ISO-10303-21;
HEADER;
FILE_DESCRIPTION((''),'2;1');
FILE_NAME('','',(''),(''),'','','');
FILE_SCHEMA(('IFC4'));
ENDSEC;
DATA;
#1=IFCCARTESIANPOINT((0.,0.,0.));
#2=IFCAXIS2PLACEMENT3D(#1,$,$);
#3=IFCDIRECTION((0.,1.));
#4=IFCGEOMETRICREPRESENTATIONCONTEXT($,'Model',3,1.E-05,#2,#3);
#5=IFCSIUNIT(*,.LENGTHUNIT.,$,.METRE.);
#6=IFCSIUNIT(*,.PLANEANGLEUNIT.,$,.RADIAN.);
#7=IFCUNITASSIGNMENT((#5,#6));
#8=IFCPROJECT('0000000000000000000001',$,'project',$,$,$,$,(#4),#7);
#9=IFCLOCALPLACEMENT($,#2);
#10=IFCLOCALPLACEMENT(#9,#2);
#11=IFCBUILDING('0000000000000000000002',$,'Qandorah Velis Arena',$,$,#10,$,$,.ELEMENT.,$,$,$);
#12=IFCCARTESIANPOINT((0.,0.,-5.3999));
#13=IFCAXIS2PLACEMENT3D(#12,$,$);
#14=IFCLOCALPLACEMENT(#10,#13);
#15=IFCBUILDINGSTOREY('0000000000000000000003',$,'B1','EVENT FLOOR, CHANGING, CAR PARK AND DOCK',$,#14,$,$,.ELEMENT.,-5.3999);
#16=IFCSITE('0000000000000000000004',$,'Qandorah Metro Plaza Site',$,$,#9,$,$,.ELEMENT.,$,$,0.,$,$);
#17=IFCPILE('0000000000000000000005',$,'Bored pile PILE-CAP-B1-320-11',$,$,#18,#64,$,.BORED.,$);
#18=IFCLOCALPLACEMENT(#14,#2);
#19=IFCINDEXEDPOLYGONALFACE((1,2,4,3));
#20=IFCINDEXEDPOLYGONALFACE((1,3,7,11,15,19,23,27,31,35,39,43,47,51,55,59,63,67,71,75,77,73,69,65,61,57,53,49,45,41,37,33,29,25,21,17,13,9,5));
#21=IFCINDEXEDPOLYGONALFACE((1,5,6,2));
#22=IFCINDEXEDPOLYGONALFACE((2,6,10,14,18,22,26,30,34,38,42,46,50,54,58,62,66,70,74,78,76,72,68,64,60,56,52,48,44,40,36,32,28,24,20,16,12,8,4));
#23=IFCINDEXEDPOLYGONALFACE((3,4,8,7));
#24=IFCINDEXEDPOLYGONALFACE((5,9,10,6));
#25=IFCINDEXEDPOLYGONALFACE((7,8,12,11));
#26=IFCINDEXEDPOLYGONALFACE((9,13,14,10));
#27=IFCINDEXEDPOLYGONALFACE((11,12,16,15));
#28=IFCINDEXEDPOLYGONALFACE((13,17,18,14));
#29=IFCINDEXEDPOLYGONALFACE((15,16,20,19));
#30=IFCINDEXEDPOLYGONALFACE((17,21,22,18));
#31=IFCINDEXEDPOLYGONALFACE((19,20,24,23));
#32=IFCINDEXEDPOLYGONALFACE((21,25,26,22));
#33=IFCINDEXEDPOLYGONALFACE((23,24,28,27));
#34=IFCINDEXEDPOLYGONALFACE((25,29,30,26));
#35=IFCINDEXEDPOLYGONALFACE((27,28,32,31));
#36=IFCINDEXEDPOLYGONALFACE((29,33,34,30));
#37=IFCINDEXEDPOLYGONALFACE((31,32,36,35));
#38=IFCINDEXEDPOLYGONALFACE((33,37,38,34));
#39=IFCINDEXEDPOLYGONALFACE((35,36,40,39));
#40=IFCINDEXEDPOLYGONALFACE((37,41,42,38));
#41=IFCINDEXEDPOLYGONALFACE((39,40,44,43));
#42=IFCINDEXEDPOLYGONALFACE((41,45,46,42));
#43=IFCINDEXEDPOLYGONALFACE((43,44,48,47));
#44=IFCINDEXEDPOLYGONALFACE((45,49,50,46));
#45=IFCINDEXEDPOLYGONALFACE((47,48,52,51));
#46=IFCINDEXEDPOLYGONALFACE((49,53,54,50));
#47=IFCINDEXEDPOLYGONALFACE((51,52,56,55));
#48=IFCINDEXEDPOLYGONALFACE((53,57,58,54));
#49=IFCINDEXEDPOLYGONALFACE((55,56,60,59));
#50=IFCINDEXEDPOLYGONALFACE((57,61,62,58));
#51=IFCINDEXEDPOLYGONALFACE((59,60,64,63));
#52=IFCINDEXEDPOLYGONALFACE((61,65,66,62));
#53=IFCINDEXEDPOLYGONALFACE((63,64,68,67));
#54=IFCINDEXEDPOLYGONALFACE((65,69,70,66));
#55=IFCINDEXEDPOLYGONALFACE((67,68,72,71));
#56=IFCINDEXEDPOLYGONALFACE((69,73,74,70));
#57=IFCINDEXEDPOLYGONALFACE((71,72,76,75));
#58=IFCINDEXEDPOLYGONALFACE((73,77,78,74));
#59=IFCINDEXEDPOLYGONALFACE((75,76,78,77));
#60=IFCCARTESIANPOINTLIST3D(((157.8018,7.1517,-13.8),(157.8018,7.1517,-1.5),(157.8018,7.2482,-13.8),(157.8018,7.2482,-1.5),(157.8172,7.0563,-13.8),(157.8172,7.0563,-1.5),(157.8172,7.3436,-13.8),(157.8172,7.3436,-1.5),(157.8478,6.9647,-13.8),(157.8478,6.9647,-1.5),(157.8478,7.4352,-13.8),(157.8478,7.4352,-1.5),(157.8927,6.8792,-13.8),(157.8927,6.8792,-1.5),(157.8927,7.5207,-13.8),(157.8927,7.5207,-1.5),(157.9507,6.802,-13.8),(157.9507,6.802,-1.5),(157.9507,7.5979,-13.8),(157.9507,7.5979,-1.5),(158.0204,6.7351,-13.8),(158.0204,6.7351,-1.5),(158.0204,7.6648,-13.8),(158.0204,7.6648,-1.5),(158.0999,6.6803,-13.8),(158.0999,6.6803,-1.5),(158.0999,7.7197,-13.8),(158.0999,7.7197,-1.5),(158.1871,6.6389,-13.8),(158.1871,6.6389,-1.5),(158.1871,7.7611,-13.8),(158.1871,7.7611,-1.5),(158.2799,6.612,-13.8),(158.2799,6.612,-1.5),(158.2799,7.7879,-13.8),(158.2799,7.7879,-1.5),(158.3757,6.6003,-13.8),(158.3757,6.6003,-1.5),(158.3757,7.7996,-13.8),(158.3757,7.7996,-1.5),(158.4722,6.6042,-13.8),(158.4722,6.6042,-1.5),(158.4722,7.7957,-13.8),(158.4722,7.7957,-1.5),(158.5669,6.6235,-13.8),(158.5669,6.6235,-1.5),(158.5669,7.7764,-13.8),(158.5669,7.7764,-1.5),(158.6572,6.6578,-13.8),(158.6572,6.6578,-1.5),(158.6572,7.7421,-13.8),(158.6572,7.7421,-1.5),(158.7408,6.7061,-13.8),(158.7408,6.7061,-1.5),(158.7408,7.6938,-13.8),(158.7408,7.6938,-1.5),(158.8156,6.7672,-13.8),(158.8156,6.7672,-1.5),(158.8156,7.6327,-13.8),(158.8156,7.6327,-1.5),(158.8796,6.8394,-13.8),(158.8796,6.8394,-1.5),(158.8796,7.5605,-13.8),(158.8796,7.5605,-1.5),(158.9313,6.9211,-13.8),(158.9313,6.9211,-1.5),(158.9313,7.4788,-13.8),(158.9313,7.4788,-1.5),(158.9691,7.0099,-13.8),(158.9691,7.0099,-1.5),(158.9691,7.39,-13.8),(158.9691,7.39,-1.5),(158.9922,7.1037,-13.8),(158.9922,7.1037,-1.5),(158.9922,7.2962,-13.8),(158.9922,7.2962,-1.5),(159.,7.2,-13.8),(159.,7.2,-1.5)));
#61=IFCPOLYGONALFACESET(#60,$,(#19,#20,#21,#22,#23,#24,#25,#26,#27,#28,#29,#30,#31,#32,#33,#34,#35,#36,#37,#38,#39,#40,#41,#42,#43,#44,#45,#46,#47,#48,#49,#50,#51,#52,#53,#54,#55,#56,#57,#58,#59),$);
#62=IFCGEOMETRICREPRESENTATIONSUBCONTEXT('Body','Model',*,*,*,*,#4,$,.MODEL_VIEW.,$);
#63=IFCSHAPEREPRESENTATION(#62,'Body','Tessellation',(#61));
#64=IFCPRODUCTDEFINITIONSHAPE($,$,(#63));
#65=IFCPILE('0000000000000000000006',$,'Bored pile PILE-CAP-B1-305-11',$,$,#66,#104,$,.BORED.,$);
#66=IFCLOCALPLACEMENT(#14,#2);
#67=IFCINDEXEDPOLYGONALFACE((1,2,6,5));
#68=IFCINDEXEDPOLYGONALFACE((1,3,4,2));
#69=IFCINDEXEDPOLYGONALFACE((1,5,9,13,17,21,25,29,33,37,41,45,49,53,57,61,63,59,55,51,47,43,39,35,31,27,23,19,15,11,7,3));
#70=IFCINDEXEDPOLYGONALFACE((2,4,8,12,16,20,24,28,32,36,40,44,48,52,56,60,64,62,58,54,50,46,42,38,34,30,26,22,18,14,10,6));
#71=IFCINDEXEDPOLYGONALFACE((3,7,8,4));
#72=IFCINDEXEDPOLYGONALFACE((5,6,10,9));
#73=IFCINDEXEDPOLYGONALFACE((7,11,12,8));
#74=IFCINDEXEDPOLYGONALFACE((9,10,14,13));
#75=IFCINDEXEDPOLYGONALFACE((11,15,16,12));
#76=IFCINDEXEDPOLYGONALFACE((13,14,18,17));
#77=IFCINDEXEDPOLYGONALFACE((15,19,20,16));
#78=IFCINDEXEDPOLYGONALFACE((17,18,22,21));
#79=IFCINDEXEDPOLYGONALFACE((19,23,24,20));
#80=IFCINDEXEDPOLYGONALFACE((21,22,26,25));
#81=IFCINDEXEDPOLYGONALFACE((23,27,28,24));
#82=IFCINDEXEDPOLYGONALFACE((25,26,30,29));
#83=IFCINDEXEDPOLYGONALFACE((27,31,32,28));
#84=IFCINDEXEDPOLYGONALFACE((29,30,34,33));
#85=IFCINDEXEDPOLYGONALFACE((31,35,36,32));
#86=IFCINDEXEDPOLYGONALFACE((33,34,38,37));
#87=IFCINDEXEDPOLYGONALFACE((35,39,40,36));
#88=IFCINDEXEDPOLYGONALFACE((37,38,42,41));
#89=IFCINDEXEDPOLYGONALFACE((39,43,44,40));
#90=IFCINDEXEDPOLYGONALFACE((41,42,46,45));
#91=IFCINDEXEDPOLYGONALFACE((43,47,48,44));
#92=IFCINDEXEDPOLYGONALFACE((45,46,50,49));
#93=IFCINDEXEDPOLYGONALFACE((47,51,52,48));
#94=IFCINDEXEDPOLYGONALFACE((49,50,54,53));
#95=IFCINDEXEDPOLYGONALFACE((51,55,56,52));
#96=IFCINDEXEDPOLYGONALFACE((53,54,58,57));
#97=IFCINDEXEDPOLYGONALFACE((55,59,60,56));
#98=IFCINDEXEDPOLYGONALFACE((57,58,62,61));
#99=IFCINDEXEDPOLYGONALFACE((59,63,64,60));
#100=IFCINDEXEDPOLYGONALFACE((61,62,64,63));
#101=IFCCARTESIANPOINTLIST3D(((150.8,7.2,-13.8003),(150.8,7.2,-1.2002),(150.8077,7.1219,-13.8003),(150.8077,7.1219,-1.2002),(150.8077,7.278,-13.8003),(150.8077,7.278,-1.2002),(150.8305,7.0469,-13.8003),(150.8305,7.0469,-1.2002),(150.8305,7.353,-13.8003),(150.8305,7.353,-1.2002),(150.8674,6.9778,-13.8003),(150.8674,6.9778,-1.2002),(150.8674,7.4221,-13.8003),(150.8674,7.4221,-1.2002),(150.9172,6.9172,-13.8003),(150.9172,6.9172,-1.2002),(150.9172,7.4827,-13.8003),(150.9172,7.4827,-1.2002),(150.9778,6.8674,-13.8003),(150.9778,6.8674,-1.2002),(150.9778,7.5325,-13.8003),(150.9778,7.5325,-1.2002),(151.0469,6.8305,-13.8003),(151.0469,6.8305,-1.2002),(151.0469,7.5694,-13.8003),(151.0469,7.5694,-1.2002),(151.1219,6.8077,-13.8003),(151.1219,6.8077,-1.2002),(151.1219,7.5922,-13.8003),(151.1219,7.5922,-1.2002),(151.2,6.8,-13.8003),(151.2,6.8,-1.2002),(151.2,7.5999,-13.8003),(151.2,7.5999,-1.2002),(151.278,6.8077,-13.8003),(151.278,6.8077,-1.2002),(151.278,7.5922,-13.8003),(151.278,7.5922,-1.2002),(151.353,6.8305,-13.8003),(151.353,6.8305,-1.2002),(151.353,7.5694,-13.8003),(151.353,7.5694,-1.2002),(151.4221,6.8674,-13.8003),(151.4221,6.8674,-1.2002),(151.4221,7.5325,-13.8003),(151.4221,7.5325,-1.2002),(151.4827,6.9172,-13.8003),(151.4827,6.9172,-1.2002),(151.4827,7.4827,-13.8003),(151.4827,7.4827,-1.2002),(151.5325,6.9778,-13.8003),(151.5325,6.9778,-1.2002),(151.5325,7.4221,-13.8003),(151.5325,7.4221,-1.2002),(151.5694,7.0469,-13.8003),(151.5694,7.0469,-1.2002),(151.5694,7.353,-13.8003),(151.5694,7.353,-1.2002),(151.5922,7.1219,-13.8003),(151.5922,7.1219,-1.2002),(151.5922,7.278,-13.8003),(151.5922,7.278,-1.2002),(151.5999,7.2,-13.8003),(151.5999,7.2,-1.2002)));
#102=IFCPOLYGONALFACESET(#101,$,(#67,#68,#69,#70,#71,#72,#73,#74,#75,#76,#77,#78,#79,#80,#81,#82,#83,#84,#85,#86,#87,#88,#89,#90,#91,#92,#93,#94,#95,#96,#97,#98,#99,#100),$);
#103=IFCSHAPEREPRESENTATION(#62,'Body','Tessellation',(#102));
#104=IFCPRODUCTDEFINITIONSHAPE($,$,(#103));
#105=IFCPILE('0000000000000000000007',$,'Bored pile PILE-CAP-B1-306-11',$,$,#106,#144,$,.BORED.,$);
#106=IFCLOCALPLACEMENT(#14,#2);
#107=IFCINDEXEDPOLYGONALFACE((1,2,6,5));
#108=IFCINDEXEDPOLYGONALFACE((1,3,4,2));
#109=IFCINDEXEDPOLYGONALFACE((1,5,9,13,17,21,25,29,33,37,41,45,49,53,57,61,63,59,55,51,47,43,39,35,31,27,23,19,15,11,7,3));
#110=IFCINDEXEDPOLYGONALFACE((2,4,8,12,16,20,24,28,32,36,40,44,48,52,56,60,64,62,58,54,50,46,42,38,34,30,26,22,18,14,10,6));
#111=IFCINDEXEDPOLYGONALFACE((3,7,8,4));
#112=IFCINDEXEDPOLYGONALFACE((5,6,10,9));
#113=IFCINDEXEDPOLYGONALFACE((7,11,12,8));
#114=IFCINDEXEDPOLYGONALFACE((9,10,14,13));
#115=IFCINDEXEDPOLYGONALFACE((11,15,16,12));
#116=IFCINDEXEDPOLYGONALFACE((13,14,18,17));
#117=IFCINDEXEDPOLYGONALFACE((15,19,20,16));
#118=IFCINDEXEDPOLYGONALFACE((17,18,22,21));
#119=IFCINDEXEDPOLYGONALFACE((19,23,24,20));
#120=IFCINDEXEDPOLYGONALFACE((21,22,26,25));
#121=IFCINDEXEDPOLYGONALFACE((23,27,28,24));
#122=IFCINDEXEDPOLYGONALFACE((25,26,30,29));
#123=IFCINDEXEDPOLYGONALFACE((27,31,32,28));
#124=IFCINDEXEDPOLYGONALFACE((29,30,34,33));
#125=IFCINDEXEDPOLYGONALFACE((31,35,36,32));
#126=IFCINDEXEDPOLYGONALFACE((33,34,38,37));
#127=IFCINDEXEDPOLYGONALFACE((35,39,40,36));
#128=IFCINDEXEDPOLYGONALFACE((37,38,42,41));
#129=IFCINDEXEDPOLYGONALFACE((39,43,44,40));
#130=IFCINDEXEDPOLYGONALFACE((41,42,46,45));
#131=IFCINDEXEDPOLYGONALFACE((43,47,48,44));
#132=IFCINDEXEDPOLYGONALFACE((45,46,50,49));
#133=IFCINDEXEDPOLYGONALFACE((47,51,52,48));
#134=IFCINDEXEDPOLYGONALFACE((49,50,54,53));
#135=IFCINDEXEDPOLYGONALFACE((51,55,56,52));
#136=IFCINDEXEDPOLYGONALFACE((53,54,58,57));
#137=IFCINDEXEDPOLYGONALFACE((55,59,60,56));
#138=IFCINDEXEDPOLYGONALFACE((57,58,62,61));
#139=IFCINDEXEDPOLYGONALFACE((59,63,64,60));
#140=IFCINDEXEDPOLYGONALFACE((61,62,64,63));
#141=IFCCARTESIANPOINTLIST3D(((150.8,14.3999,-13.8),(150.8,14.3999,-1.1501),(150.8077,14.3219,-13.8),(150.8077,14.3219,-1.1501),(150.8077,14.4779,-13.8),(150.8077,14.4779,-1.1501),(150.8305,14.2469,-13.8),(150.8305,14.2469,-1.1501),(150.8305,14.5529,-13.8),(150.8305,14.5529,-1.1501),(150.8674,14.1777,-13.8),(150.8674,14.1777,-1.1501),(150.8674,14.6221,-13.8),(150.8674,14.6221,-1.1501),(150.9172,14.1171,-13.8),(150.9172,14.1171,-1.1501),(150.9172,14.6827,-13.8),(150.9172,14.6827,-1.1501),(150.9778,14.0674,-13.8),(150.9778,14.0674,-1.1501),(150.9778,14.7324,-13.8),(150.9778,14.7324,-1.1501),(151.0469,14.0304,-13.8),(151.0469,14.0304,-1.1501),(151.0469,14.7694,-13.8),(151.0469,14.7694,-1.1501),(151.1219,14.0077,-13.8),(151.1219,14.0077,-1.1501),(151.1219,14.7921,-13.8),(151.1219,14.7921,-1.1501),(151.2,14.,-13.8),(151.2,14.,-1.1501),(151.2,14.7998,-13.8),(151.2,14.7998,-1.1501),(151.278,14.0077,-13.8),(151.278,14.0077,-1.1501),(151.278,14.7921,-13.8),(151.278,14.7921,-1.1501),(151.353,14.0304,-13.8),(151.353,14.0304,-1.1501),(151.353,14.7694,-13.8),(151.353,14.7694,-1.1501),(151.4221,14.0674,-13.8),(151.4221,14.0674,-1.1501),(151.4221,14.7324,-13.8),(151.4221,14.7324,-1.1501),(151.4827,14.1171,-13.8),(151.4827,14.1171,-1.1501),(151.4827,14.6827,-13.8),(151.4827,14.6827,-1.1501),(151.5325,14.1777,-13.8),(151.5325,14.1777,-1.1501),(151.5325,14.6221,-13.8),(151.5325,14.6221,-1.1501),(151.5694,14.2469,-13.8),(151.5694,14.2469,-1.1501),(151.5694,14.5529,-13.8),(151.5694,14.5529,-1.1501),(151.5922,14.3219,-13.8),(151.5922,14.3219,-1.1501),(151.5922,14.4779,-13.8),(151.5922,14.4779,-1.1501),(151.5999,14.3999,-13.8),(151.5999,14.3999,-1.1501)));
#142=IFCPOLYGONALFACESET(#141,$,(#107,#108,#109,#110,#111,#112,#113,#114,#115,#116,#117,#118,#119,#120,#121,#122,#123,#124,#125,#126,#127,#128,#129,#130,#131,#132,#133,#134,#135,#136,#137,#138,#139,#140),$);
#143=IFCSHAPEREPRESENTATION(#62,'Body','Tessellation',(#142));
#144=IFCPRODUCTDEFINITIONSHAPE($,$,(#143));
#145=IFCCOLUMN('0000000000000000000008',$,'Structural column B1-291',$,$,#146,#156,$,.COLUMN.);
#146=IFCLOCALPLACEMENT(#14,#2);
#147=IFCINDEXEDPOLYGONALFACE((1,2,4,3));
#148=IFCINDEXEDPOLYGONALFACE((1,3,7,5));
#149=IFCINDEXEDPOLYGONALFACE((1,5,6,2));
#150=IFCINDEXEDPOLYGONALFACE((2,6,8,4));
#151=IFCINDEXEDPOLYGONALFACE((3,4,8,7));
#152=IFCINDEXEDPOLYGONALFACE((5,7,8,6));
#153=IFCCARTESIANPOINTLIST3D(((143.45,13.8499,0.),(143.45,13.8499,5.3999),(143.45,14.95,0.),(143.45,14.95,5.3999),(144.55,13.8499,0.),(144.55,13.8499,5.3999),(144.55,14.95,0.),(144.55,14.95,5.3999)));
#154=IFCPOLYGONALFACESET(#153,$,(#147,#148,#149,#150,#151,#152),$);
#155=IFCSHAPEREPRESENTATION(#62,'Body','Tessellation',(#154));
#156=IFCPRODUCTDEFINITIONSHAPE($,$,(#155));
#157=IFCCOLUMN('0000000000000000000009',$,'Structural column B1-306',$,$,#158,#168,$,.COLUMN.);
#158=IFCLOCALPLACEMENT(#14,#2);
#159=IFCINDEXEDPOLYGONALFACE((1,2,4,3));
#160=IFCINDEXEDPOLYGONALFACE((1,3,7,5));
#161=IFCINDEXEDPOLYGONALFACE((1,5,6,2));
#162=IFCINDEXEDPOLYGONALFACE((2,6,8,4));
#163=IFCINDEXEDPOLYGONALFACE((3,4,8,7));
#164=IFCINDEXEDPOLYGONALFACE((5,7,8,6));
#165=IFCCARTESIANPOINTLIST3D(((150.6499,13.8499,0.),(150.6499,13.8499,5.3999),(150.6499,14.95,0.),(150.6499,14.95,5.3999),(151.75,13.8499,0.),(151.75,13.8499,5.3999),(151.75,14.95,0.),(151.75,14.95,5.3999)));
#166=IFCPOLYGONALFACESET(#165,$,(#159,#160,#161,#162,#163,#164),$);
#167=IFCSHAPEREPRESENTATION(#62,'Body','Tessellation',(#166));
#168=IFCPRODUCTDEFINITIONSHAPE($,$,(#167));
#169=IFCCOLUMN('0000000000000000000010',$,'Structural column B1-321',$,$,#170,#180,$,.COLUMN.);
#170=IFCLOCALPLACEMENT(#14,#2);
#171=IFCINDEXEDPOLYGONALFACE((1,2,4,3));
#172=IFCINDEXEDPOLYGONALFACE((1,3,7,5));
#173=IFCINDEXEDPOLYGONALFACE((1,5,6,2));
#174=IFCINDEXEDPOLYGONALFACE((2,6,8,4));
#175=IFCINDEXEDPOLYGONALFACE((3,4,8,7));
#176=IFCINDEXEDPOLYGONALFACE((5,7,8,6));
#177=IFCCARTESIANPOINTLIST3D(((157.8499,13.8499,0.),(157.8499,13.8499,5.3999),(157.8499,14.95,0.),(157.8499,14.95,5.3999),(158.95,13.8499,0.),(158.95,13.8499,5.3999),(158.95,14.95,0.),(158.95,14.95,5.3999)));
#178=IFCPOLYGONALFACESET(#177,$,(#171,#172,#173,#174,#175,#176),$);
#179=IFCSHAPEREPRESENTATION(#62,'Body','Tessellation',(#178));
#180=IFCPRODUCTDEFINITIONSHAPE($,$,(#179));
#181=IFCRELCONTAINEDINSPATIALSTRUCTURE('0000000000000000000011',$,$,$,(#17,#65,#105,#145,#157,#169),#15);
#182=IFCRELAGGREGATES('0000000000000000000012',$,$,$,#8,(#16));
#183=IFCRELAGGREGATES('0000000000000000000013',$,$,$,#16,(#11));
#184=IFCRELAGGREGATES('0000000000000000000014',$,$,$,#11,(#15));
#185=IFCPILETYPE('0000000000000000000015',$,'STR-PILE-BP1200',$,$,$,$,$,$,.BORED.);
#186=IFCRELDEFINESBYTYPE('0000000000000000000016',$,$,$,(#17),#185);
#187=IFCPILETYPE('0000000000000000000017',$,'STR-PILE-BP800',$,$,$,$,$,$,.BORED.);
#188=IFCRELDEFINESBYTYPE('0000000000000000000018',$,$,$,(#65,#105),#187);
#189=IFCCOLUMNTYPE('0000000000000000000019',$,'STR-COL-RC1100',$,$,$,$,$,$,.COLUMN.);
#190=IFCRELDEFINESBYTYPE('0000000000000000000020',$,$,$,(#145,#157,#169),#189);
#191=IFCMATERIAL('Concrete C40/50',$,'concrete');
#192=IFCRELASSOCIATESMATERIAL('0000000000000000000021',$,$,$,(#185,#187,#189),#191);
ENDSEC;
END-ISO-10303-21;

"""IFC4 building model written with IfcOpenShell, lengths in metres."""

from ifc_helpers import new_model, si_unit, direction, frame, origin, origin_2d, place, context, subcontext, project, spatial, rectangle, circle, extrude, material, material_profile, profile_set, type_object, element, save


model = new_model("IFC4")

# Units and contexts
model_context = context("Model", 3, precision=1e-05, world=origin(), true_north=direction((0.0, 1.0)))
body_context = subcontext(model_context, "Body", "Model", "MODEL_VIEW")
ifc_project = project(units=[si_unit("LENGTHUNIT", "METRE"), si_unit("PLANEANGLEUNIT", "RADIAN")], contexts=[model_context])

# Site, building, storey
site_placement = place(None, origin())
site = spatial("IfcSite", under=ifc_project, at=site_placement, Name="Qandorah Metro Plaza Site", CompositionType="ELEMENT", RefElevation=0.0)
building_placement = place(site_placement, origin())
building = spatial("IfcBuilding", under=site, at=building_placement, Name="Qandorah Velis Arena", CompositionType="ELEMENT")
storey_placement = place(building_placement, frame((0.0, 0.0, -5.3999)))
storey = spatial("IfcBuildingStorey", under=building, at=storey_placement, Name="B1", Description="EVENT FLOOR, CHANGING, CAR PARK AND DOCK", CompositionType="ELEMENT", Elevation=-5.3999)

# Shared definitions
ifc_material_1 = material(Name="Concrete C40/50", Category="concrete")

# Piles
ifc_material_profile_1 = material_profile(ifc_material_1, circle(Radius=0.6001, at=origin_2d()), Name="BORED PILE D1200")
ifc_profile_set_1 = profile_set([ifc_material_profile_1], Name="Concrete C40/50")
pile_type_1 = type_object("IfcPileType", Name="STR-PILE-BP1200", PredefinedType="BORED", material=ifc_profile_set_1)
for number, where, z_axis, x_axis, name in (
    (1, (158.3999, 7.2, -1.5), (0.0, 0.0, -1.0), (1.0, 0.0, 0.0), "Bored pile PILE-CAP-B1-320-11"),
):
    element("IfcPile", number, at=place(storey_placement, frame(where, z_axis=z_axis, x_axis=x_axis)), inside=storey, type_object=pile_type_1, Name=name, PredefinedType="BORED", context=body_context, shape_type="SweptSolid", body=[
        extrude(circle(Radius=0.6001, at=origin_2d()), origin(), (0.0, 0.0, 1.0), 12.3),
    ])
ifc_material_profile_2 = material_profile(ifc_material_1, circle(Radius=0.3999, at=origin_2d()), Name="BORED PILE D800")
ifc_profile_set_2 = profile_set([ifc_material_profile_2], Name="Concrete C40/50")
pile_type_2 = type_object("IfcPileType", Name="STR-PILE-BP800", PredefinedType="BORED", material=ifc_profile_set_2)
pile_1_placement = place(storey_placement, frame((151.2, 7.2, -1.2002), z_axis=(0.0, 0.0, -1.0), x_axis=(1.0, 0.0, 0.0)))
element("IfcPile", 2, at=pile_1_placement, inside=storey, type_object=pile_type_2, Name="Bored pile PILE-CAP-B1-305-11", PredefinedType="BORED", context=body_context, shape_type="SweptSolid", body=[
    extrude(circle(Radius=0.3999, at=origin_2d()), origin(), (0.0, 0.0, 1.0), 12.6001),
])
pile_2_placement = place(storey_placement, frame((151.2, 14.3999, -1.1501), z_axis=(0.0, 0.0, -1.0), x_axis=(1.0, 0.0, 0.0)))
element("IfcPile", 3, at=pile_2_placement, inside=storey, type_object=pile_type_2, Name="Bored pile PILE-CAP-B1-306-11", PredefinedType="BORED", context=body_context, shape_type="SweptSolid", body=[
    extrude(circle(Radius=0.3999, at=origin_2d()), origin(), (0.0, 0.0, 1.0), 12.6499),
])

# Columns
ifc_material_profile_3 = material_profile(ifc_material_1, rectangle(XDim=1.1001, YDim=1.1001, at=origin_2d()), Name="RC COL 1100x1100")
ifc_profile_set_3 = profile_set([ifc_material_profile_3], Name="Concrete C40/50")
column_type_1 = type_object("IfcColumnType", Name="STR-COL-RC1100", PredefinedType="COLUMN", material=ifc_profile_set_3)
for number, where, z_axis, x_axis, name in (
    (4, (144.0, 14.3999, 0.0), (0.0, 0.0, 1.0), (1.0, 0.0, 0.0), "Structural column B1-291"),
    (5, (151.2, 14.3999, 0.0), (0.0, 0.0, 1.0), (1.0, 0.0, 0.0), "Structural column B1-306"),
    (6, (158.3999, 14.3999, 0.0), (0.0, 0.0, 1.0), (1.0, 0.0, 0.0), "Structural column B1-321"),
):
    element("IfcColumn", number, at=place(storey_placement, frame(where, z_axis=z_axis, x_axis=x_axis)), inside=storey, type_object=column_type_1, Name=name, PredefinedType="COLUMN", context=body_context, shape_type="SweptSolid", body=[
        extrude(rectangle(XDim=1.1001, YDim=1.1001, at=origin_2d()), origin(), (0.0, 0.0, 1.0), 5.3999),
    ])

save(model, "model.ifc")
